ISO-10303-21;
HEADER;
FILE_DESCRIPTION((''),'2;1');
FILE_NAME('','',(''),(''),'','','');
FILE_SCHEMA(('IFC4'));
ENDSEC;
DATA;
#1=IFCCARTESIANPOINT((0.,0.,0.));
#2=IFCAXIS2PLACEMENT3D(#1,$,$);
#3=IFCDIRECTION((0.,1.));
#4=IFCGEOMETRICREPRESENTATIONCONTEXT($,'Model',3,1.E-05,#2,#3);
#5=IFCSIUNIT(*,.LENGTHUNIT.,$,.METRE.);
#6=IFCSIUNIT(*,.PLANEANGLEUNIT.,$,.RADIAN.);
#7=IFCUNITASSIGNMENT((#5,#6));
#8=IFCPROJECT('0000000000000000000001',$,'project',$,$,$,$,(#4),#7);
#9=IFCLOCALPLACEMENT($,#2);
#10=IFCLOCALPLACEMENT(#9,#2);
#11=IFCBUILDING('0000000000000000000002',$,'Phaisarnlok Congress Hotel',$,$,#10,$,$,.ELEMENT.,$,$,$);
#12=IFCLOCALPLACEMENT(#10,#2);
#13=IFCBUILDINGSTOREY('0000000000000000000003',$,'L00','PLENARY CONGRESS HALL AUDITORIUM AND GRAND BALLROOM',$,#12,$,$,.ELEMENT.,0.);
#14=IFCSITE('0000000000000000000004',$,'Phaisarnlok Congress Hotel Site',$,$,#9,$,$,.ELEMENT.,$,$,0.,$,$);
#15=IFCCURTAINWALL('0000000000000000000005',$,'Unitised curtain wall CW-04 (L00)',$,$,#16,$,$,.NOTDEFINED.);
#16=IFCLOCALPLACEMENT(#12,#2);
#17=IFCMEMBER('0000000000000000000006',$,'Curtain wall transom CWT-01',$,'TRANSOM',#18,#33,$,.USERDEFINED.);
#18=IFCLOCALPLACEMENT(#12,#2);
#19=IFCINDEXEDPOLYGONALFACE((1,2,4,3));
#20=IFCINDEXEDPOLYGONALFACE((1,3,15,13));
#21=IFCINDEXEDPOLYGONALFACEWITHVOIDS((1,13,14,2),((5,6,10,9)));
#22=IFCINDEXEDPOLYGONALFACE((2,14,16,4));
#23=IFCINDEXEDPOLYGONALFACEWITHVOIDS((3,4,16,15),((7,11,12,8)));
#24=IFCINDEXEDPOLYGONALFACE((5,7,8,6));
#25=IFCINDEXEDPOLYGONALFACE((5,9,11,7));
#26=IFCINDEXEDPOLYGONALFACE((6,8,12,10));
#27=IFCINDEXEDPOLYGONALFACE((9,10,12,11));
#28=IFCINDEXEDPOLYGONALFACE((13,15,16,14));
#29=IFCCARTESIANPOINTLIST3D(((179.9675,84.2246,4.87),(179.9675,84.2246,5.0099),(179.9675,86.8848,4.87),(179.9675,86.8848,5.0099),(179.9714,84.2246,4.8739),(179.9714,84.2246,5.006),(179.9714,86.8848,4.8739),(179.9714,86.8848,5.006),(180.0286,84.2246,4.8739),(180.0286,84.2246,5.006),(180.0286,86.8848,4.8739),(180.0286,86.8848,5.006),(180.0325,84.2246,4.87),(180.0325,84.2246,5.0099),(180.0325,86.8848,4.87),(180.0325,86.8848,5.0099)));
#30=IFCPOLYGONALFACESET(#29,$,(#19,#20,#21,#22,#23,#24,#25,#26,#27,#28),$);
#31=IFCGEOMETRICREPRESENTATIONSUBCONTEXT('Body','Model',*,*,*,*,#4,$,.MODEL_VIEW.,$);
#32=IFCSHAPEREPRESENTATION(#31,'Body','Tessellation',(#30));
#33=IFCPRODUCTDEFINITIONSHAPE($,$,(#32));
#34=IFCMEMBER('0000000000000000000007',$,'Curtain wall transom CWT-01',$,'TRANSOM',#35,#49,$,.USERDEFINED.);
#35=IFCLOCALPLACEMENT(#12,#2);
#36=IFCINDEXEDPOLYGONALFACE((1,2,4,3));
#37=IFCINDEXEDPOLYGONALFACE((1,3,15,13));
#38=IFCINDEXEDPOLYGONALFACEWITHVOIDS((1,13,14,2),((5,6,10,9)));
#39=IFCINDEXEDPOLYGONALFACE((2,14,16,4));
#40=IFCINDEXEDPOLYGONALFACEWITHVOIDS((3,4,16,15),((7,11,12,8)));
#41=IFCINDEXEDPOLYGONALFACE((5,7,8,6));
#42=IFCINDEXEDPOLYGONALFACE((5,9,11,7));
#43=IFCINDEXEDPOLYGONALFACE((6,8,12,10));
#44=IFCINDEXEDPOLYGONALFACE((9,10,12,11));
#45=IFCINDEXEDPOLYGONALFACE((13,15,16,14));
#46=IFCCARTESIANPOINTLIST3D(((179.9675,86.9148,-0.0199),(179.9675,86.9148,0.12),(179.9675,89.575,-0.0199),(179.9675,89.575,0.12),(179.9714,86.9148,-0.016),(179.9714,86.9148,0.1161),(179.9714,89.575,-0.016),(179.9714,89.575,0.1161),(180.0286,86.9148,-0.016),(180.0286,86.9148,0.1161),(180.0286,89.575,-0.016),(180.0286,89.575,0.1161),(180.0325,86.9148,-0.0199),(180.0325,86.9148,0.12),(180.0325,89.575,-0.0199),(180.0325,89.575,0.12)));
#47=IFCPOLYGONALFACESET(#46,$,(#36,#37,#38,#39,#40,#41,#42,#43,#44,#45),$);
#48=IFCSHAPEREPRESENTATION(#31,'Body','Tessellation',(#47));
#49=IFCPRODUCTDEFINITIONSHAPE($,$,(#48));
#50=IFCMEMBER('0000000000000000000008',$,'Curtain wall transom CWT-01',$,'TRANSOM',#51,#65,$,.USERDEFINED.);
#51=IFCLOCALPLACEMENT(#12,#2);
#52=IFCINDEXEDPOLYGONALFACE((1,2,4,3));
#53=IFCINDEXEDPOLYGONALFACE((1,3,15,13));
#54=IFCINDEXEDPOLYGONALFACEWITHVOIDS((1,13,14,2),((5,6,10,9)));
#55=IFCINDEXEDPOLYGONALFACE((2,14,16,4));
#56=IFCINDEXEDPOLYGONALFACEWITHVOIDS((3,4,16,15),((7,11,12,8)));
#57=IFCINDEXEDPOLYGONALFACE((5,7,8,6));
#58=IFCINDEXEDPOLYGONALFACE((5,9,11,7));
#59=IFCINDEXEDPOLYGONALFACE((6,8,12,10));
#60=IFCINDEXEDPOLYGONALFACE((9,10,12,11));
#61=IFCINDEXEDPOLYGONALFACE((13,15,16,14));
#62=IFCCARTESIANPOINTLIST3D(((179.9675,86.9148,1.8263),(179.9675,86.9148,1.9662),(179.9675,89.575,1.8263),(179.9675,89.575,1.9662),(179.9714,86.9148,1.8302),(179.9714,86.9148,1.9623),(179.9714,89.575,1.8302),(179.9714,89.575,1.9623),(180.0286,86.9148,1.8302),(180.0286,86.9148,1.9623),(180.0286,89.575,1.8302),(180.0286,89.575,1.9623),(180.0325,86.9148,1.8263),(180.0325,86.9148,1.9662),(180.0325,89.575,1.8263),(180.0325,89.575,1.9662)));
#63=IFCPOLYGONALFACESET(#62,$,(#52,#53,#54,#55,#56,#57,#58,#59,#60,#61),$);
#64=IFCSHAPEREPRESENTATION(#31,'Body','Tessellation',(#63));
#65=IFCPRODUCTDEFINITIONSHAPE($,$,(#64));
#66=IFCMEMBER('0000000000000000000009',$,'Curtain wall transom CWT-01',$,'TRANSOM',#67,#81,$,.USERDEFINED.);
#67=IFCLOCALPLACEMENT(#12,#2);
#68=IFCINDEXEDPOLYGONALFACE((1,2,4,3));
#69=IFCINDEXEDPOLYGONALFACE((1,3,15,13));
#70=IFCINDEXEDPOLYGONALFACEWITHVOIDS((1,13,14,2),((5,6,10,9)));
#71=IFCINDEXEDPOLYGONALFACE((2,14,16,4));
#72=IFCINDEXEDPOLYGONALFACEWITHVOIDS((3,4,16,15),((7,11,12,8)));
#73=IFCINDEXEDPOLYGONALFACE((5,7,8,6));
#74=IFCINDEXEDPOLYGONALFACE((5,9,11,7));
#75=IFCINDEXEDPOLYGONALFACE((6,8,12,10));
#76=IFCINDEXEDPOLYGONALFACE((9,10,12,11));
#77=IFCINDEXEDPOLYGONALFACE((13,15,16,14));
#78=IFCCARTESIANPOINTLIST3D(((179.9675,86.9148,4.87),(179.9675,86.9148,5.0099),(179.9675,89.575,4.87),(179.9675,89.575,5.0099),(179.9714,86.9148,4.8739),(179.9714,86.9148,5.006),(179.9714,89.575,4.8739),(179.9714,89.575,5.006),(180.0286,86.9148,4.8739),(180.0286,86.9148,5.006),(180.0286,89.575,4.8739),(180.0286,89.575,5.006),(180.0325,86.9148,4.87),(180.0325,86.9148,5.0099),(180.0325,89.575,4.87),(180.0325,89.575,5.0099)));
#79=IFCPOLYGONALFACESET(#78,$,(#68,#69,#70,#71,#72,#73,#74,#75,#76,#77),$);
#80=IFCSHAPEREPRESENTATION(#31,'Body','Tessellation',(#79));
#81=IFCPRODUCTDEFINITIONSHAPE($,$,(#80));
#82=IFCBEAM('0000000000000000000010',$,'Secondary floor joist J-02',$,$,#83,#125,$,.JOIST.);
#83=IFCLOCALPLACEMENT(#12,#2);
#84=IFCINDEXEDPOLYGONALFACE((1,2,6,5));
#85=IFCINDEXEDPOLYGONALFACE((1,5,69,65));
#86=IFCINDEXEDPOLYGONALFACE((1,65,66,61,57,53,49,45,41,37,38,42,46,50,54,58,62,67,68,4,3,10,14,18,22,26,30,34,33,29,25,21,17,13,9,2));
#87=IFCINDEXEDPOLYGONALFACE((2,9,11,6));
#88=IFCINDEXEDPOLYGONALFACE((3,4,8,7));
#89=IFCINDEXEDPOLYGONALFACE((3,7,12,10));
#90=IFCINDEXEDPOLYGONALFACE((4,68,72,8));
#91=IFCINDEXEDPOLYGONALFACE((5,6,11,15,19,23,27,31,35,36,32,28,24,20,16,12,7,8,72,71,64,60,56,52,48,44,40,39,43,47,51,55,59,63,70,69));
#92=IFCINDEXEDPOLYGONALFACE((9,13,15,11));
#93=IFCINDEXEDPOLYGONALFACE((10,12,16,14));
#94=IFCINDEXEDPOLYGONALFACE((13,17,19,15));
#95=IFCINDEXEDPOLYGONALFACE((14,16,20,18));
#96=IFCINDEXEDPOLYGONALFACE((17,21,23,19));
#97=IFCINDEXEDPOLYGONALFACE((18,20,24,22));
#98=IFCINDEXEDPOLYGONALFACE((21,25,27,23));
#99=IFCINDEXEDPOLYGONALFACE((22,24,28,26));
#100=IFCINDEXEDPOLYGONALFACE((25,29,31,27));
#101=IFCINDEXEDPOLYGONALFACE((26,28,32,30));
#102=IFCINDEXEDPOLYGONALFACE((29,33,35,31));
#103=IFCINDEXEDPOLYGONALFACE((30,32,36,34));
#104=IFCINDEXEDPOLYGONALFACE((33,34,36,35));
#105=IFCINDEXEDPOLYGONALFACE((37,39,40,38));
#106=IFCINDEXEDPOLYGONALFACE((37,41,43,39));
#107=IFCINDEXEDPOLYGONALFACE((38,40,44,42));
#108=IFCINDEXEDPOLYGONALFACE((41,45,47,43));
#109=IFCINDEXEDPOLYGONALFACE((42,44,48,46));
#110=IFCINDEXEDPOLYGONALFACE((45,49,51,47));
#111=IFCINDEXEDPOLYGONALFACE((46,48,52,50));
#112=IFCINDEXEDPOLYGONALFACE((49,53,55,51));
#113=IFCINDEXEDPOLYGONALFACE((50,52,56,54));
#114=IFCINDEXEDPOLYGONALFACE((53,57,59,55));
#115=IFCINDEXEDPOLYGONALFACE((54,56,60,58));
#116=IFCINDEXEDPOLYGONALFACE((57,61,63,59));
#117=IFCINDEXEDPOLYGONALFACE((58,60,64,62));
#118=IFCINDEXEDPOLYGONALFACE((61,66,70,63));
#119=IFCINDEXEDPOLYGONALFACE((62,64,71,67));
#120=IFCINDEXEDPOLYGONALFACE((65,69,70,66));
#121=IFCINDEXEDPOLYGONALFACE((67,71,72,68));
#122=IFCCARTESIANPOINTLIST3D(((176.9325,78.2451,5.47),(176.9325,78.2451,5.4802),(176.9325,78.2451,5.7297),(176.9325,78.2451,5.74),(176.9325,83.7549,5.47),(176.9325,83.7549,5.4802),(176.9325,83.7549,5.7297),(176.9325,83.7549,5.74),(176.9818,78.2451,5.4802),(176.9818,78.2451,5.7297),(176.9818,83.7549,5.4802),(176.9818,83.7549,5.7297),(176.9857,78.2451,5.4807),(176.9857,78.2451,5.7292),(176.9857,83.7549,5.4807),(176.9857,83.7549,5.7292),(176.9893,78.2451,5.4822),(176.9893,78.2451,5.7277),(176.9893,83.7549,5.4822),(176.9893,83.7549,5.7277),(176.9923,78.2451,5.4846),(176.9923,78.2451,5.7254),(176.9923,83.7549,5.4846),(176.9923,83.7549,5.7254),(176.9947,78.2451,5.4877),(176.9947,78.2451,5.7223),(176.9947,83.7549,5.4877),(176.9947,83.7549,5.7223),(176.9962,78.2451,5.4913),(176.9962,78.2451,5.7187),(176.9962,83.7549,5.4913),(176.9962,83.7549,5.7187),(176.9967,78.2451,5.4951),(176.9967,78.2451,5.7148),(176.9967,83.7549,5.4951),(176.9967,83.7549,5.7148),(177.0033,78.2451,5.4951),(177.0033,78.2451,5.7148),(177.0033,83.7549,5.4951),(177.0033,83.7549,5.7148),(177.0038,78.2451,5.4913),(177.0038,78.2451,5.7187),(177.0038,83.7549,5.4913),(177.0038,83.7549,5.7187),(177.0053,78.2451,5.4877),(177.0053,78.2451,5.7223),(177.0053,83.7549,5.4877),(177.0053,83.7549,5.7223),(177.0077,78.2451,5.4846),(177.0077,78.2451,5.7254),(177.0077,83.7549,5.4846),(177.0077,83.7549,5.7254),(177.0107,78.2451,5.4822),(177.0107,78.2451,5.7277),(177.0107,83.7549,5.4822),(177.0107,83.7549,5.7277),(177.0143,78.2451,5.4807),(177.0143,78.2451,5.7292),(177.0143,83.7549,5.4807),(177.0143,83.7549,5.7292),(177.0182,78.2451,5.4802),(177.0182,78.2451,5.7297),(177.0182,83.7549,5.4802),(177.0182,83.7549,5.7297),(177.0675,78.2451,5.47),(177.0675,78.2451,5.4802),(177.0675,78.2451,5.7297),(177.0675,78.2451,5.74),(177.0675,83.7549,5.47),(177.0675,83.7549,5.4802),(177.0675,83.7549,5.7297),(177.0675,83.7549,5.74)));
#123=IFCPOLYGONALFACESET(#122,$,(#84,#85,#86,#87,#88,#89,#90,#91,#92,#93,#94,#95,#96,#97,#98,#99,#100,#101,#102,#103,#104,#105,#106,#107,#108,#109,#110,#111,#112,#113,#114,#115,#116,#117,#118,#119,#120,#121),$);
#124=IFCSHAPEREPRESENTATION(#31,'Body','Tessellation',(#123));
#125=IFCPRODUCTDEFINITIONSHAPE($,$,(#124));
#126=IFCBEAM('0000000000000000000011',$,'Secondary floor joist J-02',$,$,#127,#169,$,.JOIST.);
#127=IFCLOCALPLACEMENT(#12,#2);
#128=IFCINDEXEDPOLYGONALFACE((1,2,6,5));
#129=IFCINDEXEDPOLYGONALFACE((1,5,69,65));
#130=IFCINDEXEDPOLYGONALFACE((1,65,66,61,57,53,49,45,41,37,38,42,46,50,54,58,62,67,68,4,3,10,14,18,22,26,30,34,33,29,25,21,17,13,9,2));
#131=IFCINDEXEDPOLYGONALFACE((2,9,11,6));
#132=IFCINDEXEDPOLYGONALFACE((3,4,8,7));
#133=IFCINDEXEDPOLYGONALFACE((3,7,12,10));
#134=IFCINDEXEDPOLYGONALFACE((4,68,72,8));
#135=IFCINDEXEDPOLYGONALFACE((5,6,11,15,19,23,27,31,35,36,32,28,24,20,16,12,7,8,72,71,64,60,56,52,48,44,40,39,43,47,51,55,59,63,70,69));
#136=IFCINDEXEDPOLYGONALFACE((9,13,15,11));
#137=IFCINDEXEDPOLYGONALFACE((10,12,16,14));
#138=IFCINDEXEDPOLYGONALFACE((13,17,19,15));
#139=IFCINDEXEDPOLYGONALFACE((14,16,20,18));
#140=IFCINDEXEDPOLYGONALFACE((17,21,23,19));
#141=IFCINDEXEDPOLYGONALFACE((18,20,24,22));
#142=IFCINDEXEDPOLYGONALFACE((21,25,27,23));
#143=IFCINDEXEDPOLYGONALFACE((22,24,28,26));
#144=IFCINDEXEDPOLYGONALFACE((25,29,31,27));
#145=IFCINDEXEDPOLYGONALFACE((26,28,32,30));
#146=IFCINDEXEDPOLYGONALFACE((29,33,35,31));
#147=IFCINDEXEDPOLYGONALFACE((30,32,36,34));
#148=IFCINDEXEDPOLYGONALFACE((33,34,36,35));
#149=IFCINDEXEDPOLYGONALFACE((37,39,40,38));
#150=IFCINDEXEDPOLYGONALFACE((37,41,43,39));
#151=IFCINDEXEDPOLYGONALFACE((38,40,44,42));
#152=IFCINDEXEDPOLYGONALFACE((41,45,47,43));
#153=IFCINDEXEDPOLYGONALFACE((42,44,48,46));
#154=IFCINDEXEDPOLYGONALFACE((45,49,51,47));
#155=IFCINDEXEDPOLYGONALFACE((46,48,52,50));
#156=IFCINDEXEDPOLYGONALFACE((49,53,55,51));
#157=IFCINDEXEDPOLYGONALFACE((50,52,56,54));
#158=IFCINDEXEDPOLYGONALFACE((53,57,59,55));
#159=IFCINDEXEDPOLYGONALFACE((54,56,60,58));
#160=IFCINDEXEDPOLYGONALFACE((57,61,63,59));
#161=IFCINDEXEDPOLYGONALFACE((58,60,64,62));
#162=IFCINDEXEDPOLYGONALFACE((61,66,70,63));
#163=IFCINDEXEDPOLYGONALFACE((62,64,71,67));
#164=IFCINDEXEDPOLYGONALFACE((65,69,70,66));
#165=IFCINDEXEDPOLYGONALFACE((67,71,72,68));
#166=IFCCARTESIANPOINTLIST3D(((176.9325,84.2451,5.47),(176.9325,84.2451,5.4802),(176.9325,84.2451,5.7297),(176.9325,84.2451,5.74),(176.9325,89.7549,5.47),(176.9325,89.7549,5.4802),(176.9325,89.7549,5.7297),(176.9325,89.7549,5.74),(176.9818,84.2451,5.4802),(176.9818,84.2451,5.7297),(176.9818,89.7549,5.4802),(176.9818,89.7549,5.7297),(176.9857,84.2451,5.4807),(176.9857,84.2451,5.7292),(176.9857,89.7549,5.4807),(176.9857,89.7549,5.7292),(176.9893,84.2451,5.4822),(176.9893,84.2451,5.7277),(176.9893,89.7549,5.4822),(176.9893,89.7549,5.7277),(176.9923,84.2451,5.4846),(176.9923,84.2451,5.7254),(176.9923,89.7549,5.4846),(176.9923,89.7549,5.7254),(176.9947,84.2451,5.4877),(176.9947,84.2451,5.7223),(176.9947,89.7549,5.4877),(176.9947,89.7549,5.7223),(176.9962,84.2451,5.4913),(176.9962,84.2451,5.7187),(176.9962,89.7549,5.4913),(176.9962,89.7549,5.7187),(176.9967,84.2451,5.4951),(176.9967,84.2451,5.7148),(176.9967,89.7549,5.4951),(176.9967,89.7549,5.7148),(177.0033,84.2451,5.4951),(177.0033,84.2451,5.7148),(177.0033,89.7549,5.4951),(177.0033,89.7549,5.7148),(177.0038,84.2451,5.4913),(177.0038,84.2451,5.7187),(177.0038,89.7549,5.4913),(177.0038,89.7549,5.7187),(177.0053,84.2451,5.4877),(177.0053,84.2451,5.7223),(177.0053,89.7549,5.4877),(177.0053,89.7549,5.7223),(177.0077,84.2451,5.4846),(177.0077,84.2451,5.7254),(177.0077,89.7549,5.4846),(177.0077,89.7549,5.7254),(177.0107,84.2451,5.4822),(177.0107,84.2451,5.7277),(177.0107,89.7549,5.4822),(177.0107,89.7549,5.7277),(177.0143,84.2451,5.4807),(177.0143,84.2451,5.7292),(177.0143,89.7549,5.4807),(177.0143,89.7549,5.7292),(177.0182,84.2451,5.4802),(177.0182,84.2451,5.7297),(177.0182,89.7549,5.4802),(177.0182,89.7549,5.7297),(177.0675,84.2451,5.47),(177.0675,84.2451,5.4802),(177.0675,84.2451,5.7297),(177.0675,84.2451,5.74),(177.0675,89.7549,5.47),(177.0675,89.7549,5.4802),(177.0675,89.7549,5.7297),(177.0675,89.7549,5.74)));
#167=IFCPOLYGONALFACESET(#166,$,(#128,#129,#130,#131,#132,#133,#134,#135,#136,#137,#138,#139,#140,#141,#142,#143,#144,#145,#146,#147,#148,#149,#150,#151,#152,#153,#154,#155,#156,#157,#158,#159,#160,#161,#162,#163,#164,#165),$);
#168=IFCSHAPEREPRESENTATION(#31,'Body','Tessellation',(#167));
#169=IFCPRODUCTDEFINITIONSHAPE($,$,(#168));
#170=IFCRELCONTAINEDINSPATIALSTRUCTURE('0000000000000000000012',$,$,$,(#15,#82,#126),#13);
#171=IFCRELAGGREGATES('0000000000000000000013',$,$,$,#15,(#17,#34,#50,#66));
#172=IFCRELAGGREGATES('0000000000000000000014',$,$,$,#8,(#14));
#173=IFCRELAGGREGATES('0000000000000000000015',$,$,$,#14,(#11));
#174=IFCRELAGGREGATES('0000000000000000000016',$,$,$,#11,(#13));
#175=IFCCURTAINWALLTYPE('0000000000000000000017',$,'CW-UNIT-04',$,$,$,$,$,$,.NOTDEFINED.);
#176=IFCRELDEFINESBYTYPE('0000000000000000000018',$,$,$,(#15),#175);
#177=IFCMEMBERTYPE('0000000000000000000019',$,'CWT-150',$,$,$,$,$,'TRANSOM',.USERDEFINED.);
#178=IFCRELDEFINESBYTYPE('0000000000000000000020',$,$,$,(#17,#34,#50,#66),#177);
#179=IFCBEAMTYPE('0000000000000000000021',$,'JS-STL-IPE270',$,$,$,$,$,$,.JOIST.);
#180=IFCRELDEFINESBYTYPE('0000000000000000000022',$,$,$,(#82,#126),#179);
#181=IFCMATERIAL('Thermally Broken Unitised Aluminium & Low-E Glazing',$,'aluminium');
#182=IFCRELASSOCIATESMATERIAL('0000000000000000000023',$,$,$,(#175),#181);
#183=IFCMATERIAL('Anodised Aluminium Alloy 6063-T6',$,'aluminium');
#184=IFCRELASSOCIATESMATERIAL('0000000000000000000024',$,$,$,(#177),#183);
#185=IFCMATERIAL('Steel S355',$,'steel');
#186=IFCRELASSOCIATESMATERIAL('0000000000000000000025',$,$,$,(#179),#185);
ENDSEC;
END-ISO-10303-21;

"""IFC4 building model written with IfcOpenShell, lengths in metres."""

from ifc_helpers import new_model, si_unit, direction, frame, origin, origin_2d, place, context, subcontext, project, spatial, hollow_rectangle, i_section, extrude, material, material_profile, profile_set, type_object, element, aggregate, save


model = new_model("IFC4")

# Units and contexts
model_context = context("Model", 3, precision=1e-05, world=origin(), true_north=direction((0.0, 1.0)))
body_context = subcontext(model_context, "Body", "Model", "MODEL_VIEW")
ifc_project = project(units=[si_unit("LENGTHUNIT", "METRE"), si_unit("PLANEANGLEUNIT", "RADIAN")], contexts=[model_context])

# Site, building, storey
site_placement = place(None, origin())
site = spatial("IfcSite", under=ifc_project, at=site_placement, Name="Phaisarnlok Congress Hotel Site", CompositionType="ELEMENT", RefElevation=0.0)
building_placement = place(site_placement, origin())
building = spatial("IfcBuilding", under=site, at=building_placement, Name="Phaisarnlok Congress Hotel", CompositionType="ELEMENT")
storey_placement = place(building_placement, origin())
storey = spatial("IfcBuildingStorey", under=building, at=storey_placement, Name="L00", Description="PLENARY CONGRESS HALL AUDITORIUM AND GRAND BALLROOM", CompositionType="ELEMENT", Elevation=0.0)

# Shared definitions
ifc_material_1 = material(Name="Steel S355", Category="steel")

# Curtain wall, members
ifc_material_2 = material(Name="Thermally Broken Unitised Aluminium & Low-E Glazing", Category="aluminium")
curtain_wall_type = type_object("IfcCurtainWallType", Name="CW-UNIT-04", PredefinedType="NOTDEFINED", material=ifc_material_2)
curtain_wall_placement = place(storey_placement, origin())
curtain_wall = element("IfcCurtainWall", 1, at=curtain_wall_placement, inside=storey, type_object=curtain_wall_type, Name="Unitised curtain wall CW-04 (L00)", PredefinedType="NOTDEFINED")
ifc_material_3 = material(Name="Anodised Aluminium Alloy 6063-T6", Category="aluminium")
ifc_material_profile_1 = material_profile(ifc_material_3, hollow_rectangle(XDim=0.0649, YDim=0.1399, WallThickness=0.0039, at=origin_2d()), Name="ALU-T 65x140x4")
ifc_profile_set_1 = profile_set([ifc_material_profile_1], Name="Anodised Aluminium Alloy 6063-T6")
member_type_1 = type_object("IfcMemberType", Name="CWT-150", ElementType="TRANSOM", PredefinedType="USERDEFINED", material=ifc_profile_set_1)
member_1_placement = place(storey_placement, frame((180.0, 84.2246, 4.9399), z_axis=(0.0, 1.0, 0.0), x_axis=(-1.0, 0.0, 0.0)))
member_1 = element("IfcMember", 2, at=member_1_placement, type_object=member_type_1, Name="Curtain wall transom CWT-01", ObjectType="TRANSOM", PredefinedType="USERDEFINED", context=body_context, shape_type="SweptSolid", body=[
    extrude(hollow_rectangle(XDim=0.0649, YDim=0.1399, WallThickness=0.0039, at=origin_2d()), origin(), (0.0, 0.0, 1.0), 2.6602),
])
member_2_placement = place(storey_placement, frame((180.0, 86.9148, 0.05), z_axis=(0.0, 1.0, 0.0), x_axis=(-1.0, 0.0, 0.0)))
member_2 = element("IfcMember", 3, at=member_2_placement, type_object=member_type_1, Name="Curtain wall transom CWT-01", ObjectType="TRANSOM", PredefinedType="USERDEFINED", context=body_context, shape_type="SweptSolid", body=[
    extrude(hollow_rectangle(XDim=0.0649, YDim=0.1399, WallThickness=0.0039, at=origin_2d()), origin(), (0.0, 0.0, 1.0), 2.6602),
])
member_3_placement = place(storey_placement, frame((180.0, 86.9148, 1.8962), z_axis=(0.0, 1.0, 0.0), x_axis=(-1.0, 0.0, 0.0)))
member_3 = element("IfcMember", 4, at=member_3_placement, type_object=member_type_1, Name="Curtain wall transom CWT-01", ObjectType="TRANSOM", PredefinedType="USERDEFINED", context=body_context, shape_type="SweptSolid", body=[
    extrude(hollow_rectangle(XDim=0.0649, YDim=0.1399, WallThickness=0.0039, at=origin_2d()), origin(), (0.0, 0.0, 1.0), 2.6602),
])
member_4_placement = place(storey_placement, frame((180.0, 86.9148, 4.9399), z_axis=(0.0, 1.0, 0.0), x_axis=(-1.0, 0.0, 0.0)))
member_4 = element("IfcMember", 5, at=member_4_placement, type_object=member_type_1, Name="Curtain wall transom CWT-01", ObjectType="TRANSOM", PredefinedType="USERDEFINED", context=body_context, shape_type="SweptSolid", body=[
    extrude(hollow_rectangle(XDim=0.0649, YDim=0.1399, WallThickness=0.0039, at=origin_2d()), origin(), (0.0, 0.0, 1.0), 2.6602),
])

# Beams
ifc_material_profile_2 = material_profile(ifc_material_1, i_section(OverallWidth=0.135, OverallDepth=0.27, WebThickness=0.0066, FlangeThickness=0.0103, FilletRadius=0.0149, at=origin_2d()), Name="IPE 270")
ifc_profile_set_2 = profile_set([ifc_material_profile_2], Name="Steel S355")
beam_type_1 = type_object("IfcBeamType", Name="JS-STL-IPE270", PredefinedType="JOIST", material=ifc_profile_set_2)
for number, where, z_axis, x_axis, name in (
    (6, (177.0, 78.2451, 5.605), (0.0, 1.0, 0.0), (-1.0, 0.0, 0.0), "Secondary floor joist J-02"),
    (7, (177.0, 84.2451, 5.605), (0.0, 1.0, 0.0), (-1.0, 0.0, 0.0), "Secondary floor joist J-02"),
):
    element("IfcBeam", number, at=place(storey_placement, frame(where, z_axis=z_axis, x_axis=x_axis)), inside=storey, type_object=beam_type_1, Name=name, PredefinedType="JOIST", context=body_context, shape_type="SweptSolid", body=[
        extrude(i_section(OverallWidth=0.135, OverallDepth=0.27, WebThickness=0.0066, FlangeThickness=0.0103, FilletRadius=0.0149, at=origin_2d()), origin(), (0.0, 0.0, 1.0), 5.5098),
    ])

aggregate(curtain_wall, [member_1, member_2, member_3, member_4])

save(model, "model.ifc")
